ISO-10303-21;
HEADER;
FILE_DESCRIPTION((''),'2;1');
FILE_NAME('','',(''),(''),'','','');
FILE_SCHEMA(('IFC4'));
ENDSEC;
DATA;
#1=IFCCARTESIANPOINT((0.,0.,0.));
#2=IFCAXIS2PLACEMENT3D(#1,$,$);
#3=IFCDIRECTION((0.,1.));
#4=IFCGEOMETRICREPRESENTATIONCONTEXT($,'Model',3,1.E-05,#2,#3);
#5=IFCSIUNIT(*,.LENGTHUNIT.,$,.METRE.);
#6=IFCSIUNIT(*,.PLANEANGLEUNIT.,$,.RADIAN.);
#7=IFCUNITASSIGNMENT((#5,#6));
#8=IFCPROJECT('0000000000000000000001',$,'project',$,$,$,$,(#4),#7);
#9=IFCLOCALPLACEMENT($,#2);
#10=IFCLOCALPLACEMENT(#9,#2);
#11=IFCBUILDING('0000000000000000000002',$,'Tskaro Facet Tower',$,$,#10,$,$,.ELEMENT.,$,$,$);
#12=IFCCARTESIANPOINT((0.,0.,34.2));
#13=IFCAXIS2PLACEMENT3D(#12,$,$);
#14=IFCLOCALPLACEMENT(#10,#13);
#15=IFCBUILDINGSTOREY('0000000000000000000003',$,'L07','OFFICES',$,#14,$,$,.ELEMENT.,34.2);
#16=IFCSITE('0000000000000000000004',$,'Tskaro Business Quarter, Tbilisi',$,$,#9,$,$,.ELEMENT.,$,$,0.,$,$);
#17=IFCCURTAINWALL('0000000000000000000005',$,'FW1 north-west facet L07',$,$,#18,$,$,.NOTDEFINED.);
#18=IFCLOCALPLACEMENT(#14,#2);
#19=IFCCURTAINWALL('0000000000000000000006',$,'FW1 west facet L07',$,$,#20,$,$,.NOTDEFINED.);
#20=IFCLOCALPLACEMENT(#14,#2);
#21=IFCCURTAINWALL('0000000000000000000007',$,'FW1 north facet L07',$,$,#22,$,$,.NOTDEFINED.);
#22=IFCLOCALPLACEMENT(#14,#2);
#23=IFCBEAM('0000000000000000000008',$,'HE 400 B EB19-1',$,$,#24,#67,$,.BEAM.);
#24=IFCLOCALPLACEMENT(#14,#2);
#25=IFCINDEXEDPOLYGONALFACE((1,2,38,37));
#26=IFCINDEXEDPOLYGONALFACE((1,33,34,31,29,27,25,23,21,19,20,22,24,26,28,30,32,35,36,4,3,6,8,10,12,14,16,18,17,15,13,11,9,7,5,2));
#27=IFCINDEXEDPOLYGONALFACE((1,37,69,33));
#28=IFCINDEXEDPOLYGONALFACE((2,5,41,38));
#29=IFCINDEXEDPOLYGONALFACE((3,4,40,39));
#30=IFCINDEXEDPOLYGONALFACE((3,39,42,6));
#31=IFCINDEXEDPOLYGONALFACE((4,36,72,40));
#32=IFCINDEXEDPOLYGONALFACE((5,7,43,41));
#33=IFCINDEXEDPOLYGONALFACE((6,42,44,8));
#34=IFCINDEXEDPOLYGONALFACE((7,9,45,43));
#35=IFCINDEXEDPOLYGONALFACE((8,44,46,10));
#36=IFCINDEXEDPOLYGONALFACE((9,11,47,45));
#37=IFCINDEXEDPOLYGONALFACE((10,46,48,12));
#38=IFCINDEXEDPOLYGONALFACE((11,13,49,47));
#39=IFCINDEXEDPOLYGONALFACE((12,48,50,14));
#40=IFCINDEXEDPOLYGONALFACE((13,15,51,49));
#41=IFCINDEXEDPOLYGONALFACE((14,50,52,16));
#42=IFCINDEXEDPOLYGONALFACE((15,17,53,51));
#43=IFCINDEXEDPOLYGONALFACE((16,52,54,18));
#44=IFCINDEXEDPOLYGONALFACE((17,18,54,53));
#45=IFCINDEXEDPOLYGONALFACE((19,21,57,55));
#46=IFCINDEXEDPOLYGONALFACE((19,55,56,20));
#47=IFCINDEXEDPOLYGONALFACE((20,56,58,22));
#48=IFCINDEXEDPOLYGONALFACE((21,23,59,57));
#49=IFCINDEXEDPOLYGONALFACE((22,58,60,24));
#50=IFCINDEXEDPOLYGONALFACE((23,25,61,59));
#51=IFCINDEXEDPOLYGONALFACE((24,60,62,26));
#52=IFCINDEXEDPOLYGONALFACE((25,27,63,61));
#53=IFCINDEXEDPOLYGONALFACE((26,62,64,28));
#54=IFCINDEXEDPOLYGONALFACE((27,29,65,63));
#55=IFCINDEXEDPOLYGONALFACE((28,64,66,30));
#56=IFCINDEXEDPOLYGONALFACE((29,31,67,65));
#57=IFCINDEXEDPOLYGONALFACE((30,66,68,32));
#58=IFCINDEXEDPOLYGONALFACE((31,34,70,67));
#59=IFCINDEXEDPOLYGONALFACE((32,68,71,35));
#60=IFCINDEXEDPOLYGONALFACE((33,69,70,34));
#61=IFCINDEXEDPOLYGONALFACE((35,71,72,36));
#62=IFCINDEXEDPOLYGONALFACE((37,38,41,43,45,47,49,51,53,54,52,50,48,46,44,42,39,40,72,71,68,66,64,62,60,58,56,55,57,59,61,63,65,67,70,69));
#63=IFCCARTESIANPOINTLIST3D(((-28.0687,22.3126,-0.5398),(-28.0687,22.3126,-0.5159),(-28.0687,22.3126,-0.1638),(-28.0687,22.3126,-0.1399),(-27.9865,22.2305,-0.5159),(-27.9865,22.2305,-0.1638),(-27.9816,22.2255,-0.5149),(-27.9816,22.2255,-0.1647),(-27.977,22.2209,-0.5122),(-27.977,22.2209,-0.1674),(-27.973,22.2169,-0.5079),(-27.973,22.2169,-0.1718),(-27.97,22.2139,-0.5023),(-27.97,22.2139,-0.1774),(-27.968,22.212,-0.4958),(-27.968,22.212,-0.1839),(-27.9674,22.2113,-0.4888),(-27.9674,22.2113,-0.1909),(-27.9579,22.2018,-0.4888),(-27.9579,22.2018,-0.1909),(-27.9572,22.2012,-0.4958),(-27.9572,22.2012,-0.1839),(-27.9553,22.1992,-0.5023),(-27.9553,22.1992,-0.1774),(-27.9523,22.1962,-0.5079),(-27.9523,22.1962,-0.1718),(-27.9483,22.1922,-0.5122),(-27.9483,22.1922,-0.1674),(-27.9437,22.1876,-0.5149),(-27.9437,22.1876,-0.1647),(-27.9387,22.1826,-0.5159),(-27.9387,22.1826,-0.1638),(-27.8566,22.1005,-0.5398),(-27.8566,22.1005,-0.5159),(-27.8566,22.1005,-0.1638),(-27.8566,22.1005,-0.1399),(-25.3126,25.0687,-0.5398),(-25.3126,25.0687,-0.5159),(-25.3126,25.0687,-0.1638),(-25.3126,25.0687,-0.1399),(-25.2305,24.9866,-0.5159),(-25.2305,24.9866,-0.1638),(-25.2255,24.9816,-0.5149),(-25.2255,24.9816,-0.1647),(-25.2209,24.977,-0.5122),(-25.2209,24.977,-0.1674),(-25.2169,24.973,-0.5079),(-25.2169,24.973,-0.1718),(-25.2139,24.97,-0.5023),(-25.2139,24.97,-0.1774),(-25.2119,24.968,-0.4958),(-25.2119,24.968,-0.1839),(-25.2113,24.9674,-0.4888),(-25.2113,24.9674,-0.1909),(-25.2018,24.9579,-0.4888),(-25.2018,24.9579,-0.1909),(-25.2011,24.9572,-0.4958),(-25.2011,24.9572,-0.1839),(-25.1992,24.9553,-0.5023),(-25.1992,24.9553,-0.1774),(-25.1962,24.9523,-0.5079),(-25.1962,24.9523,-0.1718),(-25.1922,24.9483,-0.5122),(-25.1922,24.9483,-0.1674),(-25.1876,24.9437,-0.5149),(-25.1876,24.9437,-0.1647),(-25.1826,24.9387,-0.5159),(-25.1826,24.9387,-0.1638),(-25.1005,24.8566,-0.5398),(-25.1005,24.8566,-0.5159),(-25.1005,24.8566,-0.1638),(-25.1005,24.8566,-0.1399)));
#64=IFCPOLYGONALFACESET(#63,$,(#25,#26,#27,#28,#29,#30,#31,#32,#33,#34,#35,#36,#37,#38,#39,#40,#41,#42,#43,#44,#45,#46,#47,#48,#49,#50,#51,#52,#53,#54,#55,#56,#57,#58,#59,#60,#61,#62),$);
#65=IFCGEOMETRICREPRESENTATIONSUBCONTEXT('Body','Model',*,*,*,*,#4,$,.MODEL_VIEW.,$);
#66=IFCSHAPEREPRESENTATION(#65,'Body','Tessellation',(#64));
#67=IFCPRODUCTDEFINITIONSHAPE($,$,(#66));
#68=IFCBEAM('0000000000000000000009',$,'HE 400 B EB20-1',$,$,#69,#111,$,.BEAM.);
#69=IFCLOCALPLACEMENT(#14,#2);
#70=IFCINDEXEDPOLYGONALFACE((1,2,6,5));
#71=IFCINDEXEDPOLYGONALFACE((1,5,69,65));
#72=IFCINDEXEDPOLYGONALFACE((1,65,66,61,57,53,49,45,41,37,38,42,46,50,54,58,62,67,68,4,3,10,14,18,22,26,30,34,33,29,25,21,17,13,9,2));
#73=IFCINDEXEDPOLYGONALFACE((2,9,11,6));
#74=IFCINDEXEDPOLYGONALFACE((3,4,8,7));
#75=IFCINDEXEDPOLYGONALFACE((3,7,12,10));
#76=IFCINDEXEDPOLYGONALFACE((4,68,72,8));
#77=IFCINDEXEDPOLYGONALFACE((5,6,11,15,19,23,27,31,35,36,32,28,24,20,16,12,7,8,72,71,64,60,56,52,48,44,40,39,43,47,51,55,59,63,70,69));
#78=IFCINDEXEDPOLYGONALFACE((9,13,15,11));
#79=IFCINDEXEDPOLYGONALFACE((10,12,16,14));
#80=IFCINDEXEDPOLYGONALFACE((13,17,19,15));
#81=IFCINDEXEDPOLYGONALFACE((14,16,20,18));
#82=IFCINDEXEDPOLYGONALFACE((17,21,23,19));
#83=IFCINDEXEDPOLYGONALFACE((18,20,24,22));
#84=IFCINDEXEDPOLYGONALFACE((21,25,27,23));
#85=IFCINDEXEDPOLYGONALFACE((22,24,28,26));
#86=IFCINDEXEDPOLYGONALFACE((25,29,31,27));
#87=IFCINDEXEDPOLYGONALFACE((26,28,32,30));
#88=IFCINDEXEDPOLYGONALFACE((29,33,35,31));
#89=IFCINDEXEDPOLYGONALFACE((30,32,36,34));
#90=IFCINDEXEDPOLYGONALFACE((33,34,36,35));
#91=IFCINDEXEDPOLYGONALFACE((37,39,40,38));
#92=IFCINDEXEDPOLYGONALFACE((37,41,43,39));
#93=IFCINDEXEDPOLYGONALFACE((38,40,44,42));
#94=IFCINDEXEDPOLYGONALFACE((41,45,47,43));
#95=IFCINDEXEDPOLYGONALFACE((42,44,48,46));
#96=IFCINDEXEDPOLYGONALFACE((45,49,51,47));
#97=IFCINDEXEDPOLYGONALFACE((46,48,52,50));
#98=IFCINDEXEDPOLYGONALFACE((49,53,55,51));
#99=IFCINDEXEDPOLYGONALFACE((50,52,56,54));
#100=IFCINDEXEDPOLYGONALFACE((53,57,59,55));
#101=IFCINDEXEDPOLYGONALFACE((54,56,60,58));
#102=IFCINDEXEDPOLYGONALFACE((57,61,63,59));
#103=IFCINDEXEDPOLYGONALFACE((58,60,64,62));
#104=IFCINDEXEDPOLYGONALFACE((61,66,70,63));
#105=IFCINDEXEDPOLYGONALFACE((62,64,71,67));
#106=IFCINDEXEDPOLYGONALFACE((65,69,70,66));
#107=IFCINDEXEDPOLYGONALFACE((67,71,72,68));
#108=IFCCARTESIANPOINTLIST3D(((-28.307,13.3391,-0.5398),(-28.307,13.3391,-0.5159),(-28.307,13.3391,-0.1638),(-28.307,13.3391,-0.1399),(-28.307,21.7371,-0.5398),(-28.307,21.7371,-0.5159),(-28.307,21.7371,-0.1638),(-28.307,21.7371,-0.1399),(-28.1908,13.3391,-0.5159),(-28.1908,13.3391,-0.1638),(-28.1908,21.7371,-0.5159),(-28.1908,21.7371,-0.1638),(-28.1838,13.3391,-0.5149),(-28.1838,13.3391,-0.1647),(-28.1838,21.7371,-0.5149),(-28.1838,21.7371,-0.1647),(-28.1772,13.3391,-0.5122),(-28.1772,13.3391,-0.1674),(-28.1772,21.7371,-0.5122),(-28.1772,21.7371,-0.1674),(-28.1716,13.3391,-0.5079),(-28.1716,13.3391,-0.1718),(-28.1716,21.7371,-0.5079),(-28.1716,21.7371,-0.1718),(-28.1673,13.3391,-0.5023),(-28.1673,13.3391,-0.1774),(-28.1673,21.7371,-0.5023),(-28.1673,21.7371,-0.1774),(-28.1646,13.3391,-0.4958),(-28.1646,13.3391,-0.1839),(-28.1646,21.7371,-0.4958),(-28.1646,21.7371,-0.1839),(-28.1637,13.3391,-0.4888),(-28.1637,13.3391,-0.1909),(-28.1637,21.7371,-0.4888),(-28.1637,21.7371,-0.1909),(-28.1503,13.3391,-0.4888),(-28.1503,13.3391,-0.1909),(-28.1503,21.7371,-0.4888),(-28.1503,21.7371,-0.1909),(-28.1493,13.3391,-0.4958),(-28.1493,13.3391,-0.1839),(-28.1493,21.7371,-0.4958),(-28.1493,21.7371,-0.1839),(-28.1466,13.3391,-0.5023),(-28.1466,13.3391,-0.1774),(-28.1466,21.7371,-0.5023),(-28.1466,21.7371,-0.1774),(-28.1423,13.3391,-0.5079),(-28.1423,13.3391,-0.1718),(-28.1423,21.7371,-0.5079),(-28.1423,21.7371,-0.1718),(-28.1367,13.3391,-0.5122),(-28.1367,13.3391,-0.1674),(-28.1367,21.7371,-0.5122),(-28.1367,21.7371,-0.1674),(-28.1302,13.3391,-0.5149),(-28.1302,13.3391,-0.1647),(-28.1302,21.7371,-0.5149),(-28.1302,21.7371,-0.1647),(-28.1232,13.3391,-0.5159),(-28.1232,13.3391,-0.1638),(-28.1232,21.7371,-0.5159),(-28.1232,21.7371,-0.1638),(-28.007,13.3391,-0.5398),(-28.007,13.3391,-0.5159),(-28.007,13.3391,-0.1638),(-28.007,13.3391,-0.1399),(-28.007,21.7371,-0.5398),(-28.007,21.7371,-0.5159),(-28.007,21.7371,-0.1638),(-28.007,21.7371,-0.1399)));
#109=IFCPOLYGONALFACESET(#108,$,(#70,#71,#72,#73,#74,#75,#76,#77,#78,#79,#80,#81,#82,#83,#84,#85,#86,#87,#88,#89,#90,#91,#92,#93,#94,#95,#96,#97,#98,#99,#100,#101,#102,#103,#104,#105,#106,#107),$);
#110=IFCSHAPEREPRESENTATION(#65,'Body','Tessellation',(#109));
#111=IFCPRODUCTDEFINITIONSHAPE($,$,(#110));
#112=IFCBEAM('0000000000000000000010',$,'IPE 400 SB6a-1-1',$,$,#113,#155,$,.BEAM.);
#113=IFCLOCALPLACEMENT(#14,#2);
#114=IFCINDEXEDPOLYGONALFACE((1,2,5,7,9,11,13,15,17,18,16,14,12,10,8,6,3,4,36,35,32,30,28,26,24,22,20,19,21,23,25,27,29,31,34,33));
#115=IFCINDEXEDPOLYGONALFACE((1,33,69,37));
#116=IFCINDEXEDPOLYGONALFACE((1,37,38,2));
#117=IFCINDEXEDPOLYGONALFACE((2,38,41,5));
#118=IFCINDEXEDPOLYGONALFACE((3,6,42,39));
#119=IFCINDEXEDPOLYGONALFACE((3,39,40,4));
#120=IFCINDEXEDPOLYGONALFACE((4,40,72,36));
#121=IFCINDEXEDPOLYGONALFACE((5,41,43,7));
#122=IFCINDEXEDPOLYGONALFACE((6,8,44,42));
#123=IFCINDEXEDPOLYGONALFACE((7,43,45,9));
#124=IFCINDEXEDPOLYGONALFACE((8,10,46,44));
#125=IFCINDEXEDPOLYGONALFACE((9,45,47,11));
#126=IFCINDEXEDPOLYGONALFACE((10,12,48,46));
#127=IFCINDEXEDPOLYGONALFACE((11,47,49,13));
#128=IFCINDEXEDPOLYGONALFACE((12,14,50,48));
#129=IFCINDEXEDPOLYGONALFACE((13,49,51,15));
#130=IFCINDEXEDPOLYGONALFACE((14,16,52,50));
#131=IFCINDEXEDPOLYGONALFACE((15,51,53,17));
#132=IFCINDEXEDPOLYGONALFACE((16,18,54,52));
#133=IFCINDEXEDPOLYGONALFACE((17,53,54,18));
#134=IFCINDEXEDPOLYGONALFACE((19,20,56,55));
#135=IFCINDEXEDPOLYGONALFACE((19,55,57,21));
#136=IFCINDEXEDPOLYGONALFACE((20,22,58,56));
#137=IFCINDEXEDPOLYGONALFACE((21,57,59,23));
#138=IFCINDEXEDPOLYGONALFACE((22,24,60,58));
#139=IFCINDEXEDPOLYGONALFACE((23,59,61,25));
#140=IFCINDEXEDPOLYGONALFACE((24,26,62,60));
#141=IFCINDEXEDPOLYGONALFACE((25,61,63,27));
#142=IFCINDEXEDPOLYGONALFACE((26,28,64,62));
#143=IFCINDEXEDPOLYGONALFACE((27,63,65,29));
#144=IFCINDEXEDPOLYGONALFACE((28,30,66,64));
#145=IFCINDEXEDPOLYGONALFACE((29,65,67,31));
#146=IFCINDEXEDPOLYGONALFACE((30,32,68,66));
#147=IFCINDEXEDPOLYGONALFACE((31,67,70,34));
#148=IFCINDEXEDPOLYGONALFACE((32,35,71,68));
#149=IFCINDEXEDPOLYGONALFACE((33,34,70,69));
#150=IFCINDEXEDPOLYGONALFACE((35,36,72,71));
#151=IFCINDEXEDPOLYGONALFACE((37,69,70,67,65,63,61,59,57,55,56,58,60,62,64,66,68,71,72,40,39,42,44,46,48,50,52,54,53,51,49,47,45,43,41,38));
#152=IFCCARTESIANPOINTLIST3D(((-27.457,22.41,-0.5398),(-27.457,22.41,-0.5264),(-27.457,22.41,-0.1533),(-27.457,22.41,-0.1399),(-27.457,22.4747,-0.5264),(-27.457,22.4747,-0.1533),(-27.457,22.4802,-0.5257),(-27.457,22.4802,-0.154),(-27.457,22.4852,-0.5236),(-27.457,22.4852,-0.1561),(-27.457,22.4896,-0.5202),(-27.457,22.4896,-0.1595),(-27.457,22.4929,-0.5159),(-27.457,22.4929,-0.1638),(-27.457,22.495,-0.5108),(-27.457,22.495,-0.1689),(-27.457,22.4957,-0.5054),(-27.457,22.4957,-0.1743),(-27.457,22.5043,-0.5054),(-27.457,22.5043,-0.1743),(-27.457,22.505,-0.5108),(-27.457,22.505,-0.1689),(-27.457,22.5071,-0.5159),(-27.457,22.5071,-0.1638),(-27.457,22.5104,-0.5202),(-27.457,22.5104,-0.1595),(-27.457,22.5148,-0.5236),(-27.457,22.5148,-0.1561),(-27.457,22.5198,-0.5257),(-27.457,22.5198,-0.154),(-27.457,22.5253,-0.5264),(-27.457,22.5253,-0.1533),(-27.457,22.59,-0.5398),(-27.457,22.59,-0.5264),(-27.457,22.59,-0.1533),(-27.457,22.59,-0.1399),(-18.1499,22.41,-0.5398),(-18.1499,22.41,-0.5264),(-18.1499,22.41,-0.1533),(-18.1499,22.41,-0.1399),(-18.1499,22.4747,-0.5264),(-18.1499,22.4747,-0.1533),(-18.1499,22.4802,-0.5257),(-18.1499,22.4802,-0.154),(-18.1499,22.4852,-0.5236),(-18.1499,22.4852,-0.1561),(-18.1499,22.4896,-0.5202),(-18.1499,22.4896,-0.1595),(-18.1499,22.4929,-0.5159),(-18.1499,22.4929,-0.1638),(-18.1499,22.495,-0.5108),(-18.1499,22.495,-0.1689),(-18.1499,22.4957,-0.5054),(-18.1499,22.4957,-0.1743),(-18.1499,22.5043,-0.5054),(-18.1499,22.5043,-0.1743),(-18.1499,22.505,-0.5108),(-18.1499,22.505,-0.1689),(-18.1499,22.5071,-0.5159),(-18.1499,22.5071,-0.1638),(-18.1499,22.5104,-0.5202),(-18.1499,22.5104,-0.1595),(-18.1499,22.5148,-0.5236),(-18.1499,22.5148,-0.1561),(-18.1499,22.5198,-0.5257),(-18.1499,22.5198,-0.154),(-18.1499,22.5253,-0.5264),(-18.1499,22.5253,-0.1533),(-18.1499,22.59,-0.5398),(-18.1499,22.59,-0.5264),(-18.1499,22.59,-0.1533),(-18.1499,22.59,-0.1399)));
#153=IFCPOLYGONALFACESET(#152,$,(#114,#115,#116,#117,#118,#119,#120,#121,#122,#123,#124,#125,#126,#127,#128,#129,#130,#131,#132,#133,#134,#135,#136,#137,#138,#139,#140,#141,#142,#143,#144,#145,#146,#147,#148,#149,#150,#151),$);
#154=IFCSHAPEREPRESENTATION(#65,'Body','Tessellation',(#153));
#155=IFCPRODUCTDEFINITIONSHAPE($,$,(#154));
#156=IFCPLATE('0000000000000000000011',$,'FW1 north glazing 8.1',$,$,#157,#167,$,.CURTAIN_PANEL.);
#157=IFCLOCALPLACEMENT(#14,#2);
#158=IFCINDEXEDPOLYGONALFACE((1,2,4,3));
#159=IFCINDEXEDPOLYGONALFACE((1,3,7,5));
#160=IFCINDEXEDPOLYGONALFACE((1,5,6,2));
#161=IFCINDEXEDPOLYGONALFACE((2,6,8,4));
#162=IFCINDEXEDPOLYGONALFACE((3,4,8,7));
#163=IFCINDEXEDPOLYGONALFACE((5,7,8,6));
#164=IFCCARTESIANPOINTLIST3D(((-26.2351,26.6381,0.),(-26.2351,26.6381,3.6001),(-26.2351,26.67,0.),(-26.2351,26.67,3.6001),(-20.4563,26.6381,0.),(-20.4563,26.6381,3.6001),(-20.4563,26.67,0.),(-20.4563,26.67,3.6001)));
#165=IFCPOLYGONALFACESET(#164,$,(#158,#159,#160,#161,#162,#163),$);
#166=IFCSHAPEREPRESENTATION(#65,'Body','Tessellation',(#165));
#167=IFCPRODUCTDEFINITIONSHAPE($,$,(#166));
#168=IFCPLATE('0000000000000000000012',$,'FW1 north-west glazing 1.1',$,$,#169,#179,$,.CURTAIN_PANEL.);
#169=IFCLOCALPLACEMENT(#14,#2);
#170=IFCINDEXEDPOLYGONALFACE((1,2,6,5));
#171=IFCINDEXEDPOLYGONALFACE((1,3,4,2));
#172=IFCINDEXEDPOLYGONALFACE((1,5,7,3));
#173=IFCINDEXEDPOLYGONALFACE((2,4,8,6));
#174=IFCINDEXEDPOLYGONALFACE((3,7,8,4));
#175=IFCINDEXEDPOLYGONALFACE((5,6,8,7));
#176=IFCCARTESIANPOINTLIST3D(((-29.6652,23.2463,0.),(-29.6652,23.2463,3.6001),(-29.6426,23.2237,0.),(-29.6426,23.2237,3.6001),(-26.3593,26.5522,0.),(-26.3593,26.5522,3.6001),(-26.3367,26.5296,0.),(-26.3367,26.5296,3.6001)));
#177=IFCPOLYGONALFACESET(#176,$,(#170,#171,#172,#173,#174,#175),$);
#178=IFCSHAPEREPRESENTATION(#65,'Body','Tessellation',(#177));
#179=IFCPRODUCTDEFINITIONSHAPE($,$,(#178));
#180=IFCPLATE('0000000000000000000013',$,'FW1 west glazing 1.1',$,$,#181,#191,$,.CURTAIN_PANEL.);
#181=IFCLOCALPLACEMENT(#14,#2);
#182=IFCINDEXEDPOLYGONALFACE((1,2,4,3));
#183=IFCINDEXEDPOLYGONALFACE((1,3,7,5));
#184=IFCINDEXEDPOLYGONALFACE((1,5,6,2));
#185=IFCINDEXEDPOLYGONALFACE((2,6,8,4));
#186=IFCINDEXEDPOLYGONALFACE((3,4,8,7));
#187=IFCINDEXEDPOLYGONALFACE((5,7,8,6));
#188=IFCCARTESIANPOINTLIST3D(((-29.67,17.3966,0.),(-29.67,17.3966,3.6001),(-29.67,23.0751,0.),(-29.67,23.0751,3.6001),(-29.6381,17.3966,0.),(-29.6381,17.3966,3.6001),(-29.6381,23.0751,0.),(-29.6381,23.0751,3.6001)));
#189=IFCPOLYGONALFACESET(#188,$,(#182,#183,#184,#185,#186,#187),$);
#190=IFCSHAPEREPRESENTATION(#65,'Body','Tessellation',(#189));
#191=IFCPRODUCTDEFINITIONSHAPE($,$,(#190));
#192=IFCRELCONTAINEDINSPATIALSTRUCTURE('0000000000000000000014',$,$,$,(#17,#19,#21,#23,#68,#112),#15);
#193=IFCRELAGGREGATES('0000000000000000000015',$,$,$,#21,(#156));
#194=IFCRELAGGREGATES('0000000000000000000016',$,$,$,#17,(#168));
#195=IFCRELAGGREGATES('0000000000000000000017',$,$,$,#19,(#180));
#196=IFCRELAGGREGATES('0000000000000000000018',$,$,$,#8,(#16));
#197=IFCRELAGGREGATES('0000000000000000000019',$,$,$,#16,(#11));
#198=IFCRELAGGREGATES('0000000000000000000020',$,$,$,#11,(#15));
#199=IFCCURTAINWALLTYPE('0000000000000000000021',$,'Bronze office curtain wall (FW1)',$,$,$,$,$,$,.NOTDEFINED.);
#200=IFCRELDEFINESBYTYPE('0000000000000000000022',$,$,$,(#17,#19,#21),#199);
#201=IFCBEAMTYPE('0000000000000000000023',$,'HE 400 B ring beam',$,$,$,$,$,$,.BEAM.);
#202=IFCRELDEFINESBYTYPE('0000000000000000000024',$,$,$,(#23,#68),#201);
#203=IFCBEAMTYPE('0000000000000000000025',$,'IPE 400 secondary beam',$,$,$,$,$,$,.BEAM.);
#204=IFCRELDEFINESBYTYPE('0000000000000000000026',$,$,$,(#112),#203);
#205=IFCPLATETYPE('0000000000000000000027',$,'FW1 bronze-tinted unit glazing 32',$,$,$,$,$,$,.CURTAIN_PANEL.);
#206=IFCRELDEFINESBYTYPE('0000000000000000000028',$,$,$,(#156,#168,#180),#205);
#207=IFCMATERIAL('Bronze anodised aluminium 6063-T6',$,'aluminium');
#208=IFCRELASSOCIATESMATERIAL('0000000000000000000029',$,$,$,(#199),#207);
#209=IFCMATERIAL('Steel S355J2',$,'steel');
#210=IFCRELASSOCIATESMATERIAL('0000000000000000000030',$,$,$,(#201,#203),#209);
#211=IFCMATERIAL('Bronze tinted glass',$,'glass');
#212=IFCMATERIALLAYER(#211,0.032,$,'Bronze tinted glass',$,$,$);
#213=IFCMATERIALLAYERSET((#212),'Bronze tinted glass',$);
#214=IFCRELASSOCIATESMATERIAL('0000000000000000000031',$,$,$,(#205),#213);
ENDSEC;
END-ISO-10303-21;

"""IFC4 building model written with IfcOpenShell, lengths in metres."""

from ifc_helpers import new_model, si_unit, direction, frame, origin, origin_2d, place, context, subcontext, project, spatial, rectangle, i_section, extrude, material, layer, layer_set, material_profile, profile_set, type_object, element, aggregate, save


model = new_model("IFC4")

# Units and contexts
model_context = context("Model", 3, precision=1e-05, world=origin(), true_north=direction((0.0, 1.0)))
body_context = subcontext(model_context, "Body", "Model", "MODEL_VIEW")
ifc_project = project(units=[si_unit("LENGTHUNIT", "METRE"), si_unit("PLANEANGLEUNIT", "RADIAN")], contexts=[model_context])

# Site, building, storey
site_placement = place(None, origin())
site = spatial("IfcSite", under=ifc_project, at=site_placement, Name="Tskaro Business Quarter, Tbilisi", CompositionType="ELEMENT", RefElevation=0.0)
building_placement = place(site_placement, origin())
building = spatial("IfcBuilding", under=site, at=building_placement, Name="Tskaro Facet Tower", CompositionType="ELEMENT")
storey_placement = place(building_placement, frame((0.0, 0.0, 34.2)))
storey = spatial("IfcBuildingStorey", under=building, at=storey_placement, Name="L07", Description="OFFICES", CompositionType="ELEMENT", Elevation=34.2)

# Curtain walls
ifc_material_1 = material(Name="Bronze anodised aluminium 6063-T6", Category="aluminium")
curtain_wall_type = type_object("IfcCurtainWallType", Name="Bronze office curtain wall (FW1)", PredefinedType="NOTDEFINED", material=ifc_material_1)
curtain_wall_1_placement = place(storey_placement, origin())
curtain_wall_1 = element("IfcCurtainWall", 1, at=curtain_wall_1_placement, inside=storey, type_object=curtain_wall_type, Name="FW1 north-west facet L07", PredefinedType="NOTDEFINED")
curtain_wall_2_placement = place(storey_placement, origin())
curtain_wall_2 = element("IfcCurtainWall", 2, at=curtain_wall_2_placement, inside=storey, type_object=curtain_wall_type, Name="FW1 west facet L07", PredefinedType="NOTDEFINED")
curtain_wall_3_placement = place(storey_placement, origin())
curtain_wall_3 = element("IfcCurtainWall", 3, at=curtain_wall_3_placement, inside=storey, type_object=curtain_wall_type, Name="FW1 north facet L07", PredefinedType="NOTDEFINED")

# Beams
ifc_material_2 = material(Name="Steel S355J2", Category="steel")
ifc_material_profile_1 = material_profile(ifc_material_2, i_section(OverallWidth=0.3, OverallDepth=0.3999, WebThickness=0.0134, FlangeThickness=0.0239, FilletRadius=0.0271, at=origin_2d()), Name="HE 400 B")
ifc_profile_set_1 = profile_set([ifc_material_profile_1], Name="Steel S355J2")
beam_type_1 = type_object("IfcBeamType", Name="HE 400 B ring beam", PredefinedType="BEAM", material=ifc_profile_set_1)
beam_1_placement = place(storey_placement, frame((-25.2065, 24.9626, -0.3398), z_axis=(-0.707107, -0.707107, 0.0), x_axis=(0.707107, -0.707107, 0.0)))
element("IfcBeam", 4, at=beam_1_placement, inside=storey, type_object=beam_type_1, Name="HE 400 B EB19-1", PredefinedType="BEAM", context=body_context, shape_type="SweptSolid", body=[
    extrude(i_section(OverallWidth=0.3, OverallDepth=0.3999, WebThickness=0.0134, FlangeThickness=0.0239, FilletRadius=0.0271, at=origin_2d()), origin(), (0.0, 0.0, 1.0), 3.8977),
])
beam_2_placement = place(storey_placement, frame((-28.157, 21.7371, -0.3398), z_axis=(0.0, -1.0, 0.0), x_axis=(1.0, 0.0, 0.0)))
element("IfcBeam", 5, at=beam_2_placement, inside=storey, type_object=beam_type_1, Name="HE 400 B EB20-1", PredefinedType="BEAM", context=body_context, shape_type="SweptSolid", body=[
    extrude(i_section(OverallWidth=0.3, OverallDepth=0.3999, WebThickness=0.0134, FlangeThickness=0.0239, FilletRadius=0.0271, at=origin_2d()), origin(), (0.0, 0.0, 1.0), 8.3979),
])
ifc_material_profile_2 = material_profile(ifc_material_2, i_section(OverallWidth=0.1799, OverallDepth=0.3999, WebThickness=0.0085, FlangeThickness=0.0134, FilletRadius=0.021, at=origin_2d()), Name="IPE 400")
ifc_profile_set_2 = profile_set([ifc_material_profile_2], Name="Steel S355J2")
beam_type_2 = type_object("IfcBeamType", Name="IPE 400 secondary beam", PredefinedType="BEAM", material=ifc_profile_set_2)
beam_3_placement = place(storey_placement, frame((-27.457, 22.5, -0.3398), z_axis=(1.0, 0.0, 0.0), x_axis=(0.0, 1.0, 0.0)))
element("IfcBeam", 6, at=beam_3_placement, inside=storey, type_object=beam_type_2, Name="IPE 400 SB6a-1-1", PredefinedType="BEAM", context=body_context, shape_type="SweptSolid", body=[
    extrude(i_section(OverallWidth=0.1799, OverallDepth=0.3999, WebThickness=0.0085, FlangeThickness=0.0134, FilletRadius=0.021, at=origin_2d()), origin(), (0.0, 0.0, 1.0), 9.3071),
])

# Plates
ifc_material_3 = material(Name="Bronze tinted glass", Category="glass")
ifc_layer_1 = layer(ifc_material_3, 0.032, Name="Bronze tinted glass")
ifc_layer_set_1 = layer_set([ifc_layer_1], Name="Bronze tinted glass")
plate_type = type_object("IfcPlateType", Name="FW1 bronze-tinted unit glazing 32", PredefinedType="CURTAIN_PANEL", material=ifc_layer_set_1)
plate_1_placement = place(storey_placement, frame((-23.3457, 26.6541, 0.0), z_axis=(0.0, 0.0, 1.0), x_axis=(-1.0, 0.0, 0.0)))
plate_1 = element("IfcPlate", 7, at=plate_1_placement, type_object=plate_type, Name="FW1 north glazing 8.1", PredefinedType="CURTAIN_PANEL", context=body_context, shape_type="SweptSolid", body=[
    extrude(rectangle(XDim=5.7788, YDim=0.032, at=origin_2d()), origin(), (0.0, 0.0, 1.0), 3.6001),
])
aggregate(curtain_wall_3, [plate_1])
plate_2_placement = place(storey_placement, frame((-28.001, 24.8879, 0.0), z_axis=(0.0, 0.0, 1.0), x_axis=(-0.707107, -0.707107, 0.0)))
plate_2 = element("IfcPlate", 8, at=plate_2_placement, type_object=plate_type, Name="FW1 north-west glazing 1.1", PredefinedType="CURTAIN_PANEL", context=body_context, shape_type="SweptSolid", body=[
    extrude(rectangle(XDim=4.6753, YDim=0.032, at=origin_2d()), origin(), (0.0, 0.0, 1.0), 3.6001),
])
aggregate(curtain_wall_1, [plate_2])
plate_3_placement = place(storey_placement, frame((-29.6541, 20.2358, 0.0), z_axis=(0.0, 0.0, 1.0), x_axis=(0.0, -1.0, 0.0)))
plate_3 = element("IfcPlate", 9, at=plate_3_placement, type_object=plate_type, Name="FW1 west glazing 1.1", PredefinedType="CURTAIN_PANEL", context=body_context, shape_type="SweptSolid", body=[
    extrude(rectangle(XDim=5.6785, YDim=0.032, at=origin_2d()), origin(), (0.0, 0.0, 1.0), 3.6001),
])
aggregate(curtain_wall_2, [plate_3])

save(model, "model.ifc")
